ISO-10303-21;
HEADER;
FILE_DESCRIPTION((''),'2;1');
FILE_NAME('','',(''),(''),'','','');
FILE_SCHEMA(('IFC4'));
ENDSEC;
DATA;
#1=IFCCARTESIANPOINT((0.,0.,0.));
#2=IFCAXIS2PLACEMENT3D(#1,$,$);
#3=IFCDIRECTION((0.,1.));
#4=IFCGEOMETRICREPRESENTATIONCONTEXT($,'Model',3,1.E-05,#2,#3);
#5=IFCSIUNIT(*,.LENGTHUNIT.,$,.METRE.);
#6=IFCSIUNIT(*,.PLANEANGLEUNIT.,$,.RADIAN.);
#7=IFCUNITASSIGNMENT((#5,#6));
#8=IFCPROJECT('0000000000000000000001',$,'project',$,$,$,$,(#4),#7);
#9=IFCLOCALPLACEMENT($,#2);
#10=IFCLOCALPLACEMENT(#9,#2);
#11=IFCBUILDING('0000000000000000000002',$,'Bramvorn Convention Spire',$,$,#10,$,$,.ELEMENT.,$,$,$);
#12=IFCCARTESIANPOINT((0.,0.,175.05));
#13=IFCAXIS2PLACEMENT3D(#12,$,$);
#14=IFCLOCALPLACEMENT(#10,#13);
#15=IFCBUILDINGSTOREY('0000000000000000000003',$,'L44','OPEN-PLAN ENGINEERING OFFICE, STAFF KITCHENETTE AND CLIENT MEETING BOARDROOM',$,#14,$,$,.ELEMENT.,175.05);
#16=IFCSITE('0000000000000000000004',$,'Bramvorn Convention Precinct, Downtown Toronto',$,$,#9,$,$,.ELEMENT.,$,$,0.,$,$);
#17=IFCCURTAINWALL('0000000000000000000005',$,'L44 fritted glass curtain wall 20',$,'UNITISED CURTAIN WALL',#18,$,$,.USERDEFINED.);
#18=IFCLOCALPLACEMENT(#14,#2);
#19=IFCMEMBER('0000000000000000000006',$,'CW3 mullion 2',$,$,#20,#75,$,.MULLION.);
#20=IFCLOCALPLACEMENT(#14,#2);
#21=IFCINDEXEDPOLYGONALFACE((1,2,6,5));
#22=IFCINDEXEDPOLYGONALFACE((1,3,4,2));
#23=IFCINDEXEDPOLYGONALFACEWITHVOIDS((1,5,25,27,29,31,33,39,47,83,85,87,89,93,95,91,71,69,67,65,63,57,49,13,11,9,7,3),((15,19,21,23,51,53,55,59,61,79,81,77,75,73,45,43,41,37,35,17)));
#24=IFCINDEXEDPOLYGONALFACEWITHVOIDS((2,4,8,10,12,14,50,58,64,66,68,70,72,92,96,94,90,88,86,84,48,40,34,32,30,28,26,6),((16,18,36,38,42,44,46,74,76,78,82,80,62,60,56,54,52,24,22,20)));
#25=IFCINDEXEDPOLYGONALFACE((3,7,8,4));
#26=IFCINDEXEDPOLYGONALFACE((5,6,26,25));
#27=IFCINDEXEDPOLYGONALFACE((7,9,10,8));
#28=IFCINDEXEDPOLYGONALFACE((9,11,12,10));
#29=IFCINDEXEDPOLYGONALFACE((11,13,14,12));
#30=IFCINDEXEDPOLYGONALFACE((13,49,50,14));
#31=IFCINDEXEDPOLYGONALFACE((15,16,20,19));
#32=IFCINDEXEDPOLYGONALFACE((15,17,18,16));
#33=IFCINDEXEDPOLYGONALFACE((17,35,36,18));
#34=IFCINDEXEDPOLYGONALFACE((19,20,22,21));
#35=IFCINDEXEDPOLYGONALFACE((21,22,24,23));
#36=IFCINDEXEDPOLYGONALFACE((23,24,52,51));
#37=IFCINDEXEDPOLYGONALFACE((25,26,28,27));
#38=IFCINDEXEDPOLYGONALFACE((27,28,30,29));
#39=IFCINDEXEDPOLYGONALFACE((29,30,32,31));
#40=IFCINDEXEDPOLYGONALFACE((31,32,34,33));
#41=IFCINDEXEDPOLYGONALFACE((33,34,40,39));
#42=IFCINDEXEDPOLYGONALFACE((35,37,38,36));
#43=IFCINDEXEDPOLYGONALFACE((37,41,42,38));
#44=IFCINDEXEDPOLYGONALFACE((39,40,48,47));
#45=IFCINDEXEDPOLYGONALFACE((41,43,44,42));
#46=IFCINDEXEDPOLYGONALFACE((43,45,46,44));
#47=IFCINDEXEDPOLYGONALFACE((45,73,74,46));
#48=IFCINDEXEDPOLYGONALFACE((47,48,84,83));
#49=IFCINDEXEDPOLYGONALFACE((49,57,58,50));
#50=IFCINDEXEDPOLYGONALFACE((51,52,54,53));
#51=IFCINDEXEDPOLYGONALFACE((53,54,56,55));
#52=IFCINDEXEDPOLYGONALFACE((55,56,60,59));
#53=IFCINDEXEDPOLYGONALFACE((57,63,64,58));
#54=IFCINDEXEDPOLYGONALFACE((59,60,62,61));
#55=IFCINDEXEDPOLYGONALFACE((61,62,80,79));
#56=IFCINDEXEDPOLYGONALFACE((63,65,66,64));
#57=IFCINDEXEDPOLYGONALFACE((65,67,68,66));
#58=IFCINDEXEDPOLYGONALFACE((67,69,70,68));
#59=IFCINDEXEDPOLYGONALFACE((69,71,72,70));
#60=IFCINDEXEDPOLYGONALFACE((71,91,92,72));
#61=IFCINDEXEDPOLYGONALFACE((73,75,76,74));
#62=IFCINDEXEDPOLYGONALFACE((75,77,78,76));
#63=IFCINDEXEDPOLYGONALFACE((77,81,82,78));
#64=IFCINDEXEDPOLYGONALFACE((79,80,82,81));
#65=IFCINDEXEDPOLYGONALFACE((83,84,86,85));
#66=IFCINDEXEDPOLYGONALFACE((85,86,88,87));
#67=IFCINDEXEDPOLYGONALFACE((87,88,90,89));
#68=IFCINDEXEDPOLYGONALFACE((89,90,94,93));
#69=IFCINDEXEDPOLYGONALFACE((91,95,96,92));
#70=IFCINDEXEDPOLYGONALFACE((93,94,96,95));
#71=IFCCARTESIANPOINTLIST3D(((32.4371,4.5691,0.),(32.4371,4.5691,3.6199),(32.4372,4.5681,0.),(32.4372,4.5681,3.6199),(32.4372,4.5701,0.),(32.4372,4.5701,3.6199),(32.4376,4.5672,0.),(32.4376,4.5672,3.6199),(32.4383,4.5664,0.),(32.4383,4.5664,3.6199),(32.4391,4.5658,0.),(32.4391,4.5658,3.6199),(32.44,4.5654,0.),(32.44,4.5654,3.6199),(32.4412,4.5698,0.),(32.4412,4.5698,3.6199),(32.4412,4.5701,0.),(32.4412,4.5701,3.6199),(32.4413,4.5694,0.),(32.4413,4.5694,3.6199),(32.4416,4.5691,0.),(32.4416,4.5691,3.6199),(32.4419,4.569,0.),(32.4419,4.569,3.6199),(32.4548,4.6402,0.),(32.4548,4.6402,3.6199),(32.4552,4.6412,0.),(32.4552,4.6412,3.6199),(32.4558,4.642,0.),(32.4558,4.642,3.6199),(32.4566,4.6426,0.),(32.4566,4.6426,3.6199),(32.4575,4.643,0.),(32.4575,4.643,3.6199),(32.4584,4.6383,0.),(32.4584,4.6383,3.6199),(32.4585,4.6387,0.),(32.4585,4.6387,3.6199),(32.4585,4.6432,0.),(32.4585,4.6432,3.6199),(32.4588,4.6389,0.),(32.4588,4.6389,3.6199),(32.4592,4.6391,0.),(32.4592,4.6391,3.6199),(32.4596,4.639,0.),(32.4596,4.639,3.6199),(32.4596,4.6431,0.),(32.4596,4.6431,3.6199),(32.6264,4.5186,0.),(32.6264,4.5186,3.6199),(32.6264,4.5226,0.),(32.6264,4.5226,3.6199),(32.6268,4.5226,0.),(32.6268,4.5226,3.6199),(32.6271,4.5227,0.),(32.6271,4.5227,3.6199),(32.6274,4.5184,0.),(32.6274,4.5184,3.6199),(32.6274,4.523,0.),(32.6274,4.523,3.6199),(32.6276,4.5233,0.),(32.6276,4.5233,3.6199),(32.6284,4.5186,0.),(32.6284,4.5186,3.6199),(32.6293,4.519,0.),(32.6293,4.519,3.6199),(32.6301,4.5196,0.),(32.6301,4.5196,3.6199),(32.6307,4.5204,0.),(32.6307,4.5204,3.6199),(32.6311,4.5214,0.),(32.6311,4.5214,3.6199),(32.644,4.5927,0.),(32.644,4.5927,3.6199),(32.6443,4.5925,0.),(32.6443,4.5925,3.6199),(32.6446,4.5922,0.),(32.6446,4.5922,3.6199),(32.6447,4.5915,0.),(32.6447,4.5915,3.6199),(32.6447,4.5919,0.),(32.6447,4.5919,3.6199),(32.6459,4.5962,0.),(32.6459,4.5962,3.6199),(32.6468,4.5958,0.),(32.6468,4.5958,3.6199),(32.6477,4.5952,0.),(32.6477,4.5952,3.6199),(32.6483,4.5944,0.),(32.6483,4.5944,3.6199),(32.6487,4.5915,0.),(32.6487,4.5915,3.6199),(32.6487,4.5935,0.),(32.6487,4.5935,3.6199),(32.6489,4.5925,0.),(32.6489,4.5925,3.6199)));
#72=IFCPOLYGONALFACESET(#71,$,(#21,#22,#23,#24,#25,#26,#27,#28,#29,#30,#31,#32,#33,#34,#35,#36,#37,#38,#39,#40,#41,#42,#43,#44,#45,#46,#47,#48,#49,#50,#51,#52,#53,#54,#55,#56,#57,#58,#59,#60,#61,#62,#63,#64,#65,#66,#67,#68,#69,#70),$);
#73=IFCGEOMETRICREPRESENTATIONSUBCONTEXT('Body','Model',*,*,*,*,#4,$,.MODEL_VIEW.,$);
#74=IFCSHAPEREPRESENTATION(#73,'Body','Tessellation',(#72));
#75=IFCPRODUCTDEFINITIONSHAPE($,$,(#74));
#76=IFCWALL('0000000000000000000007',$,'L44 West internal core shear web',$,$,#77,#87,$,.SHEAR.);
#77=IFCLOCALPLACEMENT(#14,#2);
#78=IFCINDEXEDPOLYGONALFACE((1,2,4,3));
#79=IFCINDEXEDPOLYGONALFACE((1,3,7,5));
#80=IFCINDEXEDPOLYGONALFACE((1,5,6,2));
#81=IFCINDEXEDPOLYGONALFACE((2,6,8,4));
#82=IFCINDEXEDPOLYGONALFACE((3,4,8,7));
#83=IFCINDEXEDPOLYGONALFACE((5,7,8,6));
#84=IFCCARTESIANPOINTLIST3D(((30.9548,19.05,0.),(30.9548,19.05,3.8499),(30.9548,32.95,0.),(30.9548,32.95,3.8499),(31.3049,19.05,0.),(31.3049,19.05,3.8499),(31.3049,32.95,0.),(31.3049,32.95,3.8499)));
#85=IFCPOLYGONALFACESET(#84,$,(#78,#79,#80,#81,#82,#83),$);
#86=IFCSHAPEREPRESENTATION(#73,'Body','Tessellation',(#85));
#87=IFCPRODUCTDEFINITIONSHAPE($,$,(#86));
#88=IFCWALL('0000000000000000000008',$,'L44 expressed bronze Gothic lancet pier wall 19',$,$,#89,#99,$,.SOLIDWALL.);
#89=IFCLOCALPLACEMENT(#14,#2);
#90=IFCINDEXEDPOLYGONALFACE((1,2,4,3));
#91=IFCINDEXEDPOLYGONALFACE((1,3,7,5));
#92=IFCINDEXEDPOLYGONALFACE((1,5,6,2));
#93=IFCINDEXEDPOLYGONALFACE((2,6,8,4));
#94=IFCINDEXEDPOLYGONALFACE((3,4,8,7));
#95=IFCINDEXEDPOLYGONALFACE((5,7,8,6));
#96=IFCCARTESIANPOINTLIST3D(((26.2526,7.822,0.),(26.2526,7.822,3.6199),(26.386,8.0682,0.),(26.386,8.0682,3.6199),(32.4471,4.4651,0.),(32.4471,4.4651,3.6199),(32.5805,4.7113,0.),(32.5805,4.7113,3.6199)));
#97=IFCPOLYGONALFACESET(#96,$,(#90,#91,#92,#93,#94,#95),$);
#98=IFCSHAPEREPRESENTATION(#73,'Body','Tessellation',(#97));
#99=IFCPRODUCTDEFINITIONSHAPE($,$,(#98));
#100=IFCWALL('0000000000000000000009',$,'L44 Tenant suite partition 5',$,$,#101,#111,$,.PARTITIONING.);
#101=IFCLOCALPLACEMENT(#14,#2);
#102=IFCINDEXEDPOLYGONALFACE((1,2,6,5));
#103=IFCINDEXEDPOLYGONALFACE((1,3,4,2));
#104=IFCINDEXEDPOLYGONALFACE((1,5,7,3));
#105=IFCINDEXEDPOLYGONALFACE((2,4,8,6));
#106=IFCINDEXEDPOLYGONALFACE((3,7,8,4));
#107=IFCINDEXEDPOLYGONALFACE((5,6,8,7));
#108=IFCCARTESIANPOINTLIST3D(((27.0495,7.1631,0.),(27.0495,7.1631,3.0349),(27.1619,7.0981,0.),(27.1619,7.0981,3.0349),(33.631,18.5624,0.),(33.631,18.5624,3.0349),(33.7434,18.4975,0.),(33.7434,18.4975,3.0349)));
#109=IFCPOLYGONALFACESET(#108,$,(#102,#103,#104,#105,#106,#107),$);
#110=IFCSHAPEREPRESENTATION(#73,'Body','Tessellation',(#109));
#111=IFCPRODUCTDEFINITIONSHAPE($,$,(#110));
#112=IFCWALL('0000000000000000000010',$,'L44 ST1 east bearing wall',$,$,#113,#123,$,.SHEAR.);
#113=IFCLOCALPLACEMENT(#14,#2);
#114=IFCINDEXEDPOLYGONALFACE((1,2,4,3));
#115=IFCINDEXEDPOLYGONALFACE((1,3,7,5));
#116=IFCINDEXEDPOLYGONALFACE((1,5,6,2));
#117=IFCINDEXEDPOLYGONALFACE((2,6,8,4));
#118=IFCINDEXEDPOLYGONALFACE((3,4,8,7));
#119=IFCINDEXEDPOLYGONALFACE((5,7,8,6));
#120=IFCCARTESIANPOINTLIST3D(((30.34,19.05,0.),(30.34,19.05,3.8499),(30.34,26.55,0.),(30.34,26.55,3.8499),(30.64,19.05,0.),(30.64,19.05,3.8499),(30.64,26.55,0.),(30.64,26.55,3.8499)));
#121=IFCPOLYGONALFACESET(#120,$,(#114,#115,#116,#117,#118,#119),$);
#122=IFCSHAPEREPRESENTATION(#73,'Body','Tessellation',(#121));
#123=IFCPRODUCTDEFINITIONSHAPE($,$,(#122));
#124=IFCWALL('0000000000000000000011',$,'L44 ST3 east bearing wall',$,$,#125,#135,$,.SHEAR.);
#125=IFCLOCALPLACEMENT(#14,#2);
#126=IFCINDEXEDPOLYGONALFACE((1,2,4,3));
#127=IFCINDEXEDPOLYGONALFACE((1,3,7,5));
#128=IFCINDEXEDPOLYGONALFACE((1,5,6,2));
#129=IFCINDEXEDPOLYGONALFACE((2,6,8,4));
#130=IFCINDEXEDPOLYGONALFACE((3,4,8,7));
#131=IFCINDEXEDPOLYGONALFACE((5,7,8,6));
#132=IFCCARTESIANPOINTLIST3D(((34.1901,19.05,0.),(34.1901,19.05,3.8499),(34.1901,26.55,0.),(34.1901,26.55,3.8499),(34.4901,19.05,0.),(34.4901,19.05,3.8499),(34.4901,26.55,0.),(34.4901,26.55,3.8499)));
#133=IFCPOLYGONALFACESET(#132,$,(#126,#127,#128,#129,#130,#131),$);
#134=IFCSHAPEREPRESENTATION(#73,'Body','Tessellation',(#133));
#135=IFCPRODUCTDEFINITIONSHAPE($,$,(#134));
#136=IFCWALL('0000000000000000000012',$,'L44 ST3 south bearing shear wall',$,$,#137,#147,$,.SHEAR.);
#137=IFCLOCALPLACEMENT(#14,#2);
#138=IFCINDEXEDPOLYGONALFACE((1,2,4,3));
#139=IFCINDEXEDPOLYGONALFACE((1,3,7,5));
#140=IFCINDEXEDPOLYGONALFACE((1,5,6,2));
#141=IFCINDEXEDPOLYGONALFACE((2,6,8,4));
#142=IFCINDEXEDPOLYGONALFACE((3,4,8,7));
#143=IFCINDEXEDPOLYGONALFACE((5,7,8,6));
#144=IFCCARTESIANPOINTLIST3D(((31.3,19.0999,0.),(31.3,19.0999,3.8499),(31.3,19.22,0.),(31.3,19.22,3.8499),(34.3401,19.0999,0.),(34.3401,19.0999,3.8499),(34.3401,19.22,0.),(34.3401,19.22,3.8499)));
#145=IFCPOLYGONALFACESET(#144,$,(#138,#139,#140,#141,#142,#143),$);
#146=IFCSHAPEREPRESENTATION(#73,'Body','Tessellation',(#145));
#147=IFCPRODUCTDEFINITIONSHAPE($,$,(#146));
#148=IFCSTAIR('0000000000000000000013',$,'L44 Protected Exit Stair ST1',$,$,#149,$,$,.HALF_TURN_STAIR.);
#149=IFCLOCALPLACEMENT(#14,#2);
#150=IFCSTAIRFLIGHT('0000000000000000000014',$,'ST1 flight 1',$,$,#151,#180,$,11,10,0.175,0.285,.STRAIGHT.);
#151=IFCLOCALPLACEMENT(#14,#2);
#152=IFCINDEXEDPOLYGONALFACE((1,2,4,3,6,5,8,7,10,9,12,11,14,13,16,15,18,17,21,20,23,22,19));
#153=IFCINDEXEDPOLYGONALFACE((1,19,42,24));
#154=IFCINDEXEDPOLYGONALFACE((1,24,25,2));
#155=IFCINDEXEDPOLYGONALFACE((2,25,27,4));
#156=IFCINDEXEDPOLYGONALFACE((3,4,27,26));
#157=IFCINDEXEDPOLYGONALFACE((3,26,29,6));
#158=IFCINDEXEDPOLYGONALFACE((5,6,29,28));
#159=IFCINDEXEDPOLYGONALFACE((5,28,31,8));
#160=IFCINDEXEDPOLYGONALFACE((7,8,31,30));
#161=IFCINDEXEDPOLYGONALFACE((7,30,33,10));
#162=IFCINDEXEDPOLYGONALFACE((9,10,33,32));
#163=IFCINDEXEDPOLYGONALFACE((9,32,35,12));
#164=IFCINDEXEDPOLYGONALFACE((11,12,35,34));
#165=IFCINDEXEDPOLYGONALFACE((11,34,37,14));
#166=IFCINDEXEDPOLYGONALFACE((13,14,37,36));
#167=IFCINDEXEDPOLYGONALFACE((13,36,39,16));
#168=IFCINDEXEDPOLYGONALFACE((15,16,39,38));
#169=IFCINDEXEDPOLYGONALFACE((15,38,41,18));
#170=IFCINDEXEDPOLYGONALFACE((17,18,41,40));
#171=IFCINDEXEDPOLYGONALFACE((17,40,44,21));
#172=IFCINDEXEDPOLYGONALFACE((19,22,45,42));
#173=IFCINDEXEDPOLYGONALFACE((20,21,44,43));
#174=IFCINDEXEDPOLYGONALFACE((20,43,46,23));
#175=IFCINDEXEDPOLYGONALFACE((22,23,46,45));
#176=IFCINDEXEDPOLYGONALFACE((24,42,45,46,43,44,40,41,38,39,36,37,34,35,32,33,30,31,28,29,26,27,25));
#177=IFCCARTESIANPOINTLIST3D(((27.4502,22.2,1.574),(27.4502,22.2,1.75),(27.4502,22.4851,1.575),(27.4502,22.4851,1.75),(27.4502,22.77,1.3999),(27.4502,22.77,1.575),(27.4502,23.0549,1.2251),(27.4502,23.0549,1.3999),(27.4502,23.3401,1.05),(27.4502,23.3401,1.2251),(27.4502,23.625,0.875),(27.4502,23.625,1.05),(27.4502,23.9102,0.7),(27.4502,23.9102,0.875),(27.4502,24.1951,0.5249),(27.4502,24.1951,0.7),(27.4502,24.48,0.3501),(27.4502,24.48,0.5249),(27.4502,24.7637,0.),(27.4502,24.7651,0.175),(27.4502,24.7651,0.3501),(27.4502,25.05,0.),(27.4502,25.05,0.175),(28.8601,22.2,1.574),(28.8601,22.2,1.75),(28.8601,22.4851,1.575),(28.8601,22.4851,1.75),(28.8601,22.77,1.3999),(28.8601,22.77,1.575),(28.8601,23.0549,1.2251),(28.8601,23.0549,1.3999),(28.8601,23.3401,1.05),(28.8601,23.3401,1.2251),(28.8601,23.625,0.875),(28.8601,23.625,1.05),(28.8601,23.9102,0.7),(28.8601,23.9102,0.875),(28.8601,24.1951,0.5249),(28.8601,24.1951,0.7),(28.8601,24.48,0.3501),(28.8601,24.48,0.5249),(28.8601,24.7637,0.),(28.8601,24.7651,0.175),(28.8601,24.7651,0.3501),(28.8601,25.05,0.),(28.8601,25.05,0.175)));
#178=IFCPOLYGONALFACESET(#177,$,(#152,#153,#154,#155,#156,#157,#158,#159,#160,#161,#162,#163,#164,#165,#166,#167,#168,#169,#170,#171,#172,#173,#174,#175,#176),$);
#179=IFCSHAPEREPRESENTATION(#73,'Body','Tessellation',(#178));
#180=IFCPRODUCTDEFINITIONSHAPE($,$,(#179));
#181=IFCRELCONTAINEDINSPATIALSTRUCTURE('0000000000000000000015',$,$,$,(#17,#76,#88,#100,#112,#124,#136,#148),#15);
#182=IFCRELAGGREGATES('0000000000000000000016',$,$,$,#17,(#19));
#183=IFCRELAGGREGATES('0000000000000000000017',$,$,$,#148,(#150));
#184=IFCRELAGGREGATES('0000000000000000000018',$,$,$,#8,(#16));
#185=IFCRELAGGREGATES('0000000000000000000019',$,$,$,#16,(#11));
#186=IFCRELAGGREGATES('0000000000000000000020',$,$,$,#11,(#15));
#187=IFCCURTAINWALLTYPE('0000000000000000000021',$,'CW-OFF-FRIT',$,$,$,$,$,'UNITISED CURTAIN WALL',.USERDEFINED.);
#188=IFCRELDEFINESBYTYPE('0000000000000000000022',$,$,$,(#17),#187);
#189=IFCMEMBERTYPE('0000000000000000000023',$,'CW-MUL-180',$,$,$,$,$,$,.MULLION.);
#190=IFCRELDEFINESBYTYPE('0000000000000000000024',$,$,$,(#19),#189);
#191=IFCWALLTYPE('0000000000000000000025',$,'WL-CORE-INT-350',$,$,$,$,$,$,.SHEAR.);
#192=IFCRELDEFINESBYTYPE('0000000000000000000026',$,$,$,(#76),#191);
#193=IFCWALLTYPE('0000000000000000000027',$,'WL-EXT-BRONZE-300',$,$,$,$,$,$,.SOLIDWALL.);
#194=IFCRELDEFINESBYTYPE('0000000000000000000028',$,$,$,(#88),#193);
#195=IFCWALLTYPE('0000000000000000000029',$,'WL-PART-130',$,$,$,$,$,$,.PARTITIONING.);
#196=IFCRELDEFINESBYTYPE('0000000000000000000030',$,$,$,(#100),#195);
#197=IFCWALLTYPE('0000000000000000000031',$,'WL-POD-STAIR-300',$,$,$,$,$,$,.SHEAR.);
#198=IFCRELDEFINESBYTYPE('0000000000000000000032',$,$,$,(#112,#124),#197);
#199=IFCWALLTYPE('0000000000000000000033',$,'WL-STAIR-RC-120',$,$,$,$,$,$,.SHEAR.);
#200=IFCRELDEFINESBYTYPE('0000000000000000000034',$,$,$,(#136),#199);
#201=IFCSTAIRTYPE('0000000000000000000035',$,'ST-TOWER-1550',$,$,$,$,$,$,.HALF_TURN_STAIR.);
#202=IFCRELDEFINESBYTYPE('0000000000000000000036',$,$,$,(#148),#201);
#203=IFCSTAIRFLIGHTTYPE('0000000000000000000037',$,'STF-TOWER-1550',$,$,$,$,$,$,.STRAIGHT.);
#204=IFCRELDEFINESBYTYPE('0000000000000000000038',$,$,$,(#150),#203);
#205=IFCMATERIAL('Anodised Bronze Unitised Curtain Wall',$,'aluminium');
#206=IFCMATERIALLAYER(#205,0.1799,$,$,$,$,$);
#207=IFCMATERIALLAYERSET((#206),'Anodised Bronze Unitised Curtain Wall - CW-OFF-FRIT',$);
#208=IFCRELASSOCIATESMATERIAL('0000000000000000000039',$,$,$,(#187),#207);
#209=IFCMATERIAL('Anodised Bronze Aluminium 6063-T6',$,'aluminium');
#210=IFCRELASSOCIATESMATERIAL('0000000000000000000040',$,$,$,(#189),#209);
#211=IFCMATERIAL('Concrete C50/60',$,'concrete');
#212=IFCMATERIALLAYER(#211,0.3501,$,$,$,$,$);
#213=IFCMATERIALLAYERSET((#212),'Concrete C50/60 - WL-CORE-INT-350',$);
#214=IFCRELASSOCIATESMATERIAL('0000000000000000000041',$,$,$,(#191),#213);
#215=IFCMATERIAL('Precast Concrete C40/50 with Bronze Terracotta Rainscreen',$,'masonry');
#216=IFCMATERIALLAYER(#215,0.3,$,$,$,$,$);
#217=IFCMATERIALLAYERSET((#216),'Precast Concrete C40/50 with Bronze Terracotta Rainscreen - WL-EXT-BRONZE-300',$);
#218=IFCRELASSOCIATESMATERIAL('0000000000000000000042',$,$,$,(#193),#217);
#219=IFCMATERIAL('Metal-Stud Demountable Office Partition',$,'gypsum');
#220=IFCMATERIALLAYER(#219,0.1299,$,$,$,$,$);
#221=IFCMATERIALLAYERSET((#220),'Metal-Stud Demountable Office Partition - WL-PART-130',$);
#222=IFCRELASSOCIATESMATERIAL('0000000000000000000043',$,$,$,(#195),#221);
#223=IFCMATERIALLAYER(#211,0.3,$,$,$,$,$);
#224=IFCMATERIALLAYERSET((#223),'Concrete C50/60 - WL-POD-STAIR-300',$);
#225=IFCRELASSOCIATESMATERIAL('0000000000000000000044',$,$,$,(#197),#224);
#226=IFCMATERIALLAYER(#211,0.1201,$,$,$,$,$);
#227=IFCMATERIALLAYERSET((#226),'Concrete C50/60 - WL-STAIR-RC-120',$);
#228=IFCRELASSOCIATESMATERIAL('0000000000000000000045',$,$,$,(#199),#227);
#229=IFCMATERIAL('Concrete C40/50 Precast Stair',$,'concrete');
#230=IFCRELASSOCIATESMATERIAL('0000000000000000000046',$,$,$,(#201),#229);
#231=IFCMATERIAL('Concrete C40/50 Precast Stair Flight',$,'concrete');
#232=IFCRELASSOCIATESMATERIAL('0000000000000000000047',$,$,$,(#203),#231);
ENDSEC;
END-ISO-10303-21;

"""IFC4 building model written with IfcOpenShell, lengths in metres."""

from ifc_helpers import new_model, si_unit, direction, frame, frame_2d, origin, origin_2d, place, context, subcontext, project, spatial, polyline, rectangle, hollow_rectangle, outline, extrude, material, layer, layer_set, material_profile, profile_set, type_object, element, aggregate, save


model = new_model("IFC4")

# Units and contexts
model_context = context("Model", 3, precision=1e-05, world=origin(), true_north=direction((0.0, 1.0)))
body_context = subcontext(model_context, "Body", "Model", "MODEL_VIEW")
ifc_project = project(units=[si_unit("LENGTHUNIT", "METRE"), si_unit("PLANEANGLEUNIT", "RADIAN")], contexts=[model_context])

# Site, building, storey
site_placement = place(None, origin())
site = spatial("IfcSite", under=ifc_project, at=site_placement, Name="Bramvorn Convention Precinct, Downtown Toronto", CompositionType="ELEMENT", RefElevation=0.0)
building_placement = place(site_placement, origin())
building = spatial("IfcBuilding", under=site, at=building_placement, Name="Bramvorn Convention Spire", CompositionType="ELEMENT")
storey_placement = place(building_placement, frame((0.0, 0.0, 175.05)))
storey = spatial("IfcBuildingStorey", under=building, at=storey_placement, Name="L44", Description="OPEN-PLAN ENGINEERING OFFICE, STAFF KITCHENETTE AND CLIENT MEETING BOARDROOM", CompositionType="ELEMENT", Elevation=175.05)

# Curtain wall, member
ifc_material_1 = material(Name="Anodised Bronze Unitised Curtain Wall", Category="aluminium")
ifc_layer_1 = layer(ifc_material_1, 0.1799)
ifc_layer_set_1 = layer_set([ifc_layer_1], Name="Anodised Bronze Unitised Curtain Wall - CW-OFF-FRIT")
curtain_wall_type = type_object("IfcCurtainWallType", Name="CW-OFF-FRIT", ElementType="UNITISED CURTAIN WALL", PredefinedType="USERDEFINED", material=ifc_layer_set_1)
curtain_wall_placement = place(storey_placement, origin())
curtain_wall = element("IfcCurtainWall", 1, at=curtain_wall_placement, inside=storey, type_object=curtain_wall_type, Name="L44 fritted glass curtain wall 20", ObjectType="UNITISED CURTAIN WALL", PredefinedType="USERDEFINED")
ifc_material_2 = material(Name="Anodised Bronze Aluminium 6063-T6", Category="aluminium")
ifc_material_profile_1 = material_profile(ifc_material_2, hollow_rectangle(XDim=0.0801, YDim=0.2, WallThickness=0.0039, InnerFilletRadius=0.001, OuterFilletRadius=0.0039, at=origin_2d()))
ifc_profile_set_1 = profile_set([ifc_material_profile_1], Name="Anodised Bronze Aluminium 6063-T6 - CWM80X200")
member_type = type_object("IfcMemberType", Name="CW-MUL-180", PredefinedType="MULLION", material=ifc_profile_set_1)
member_placement = place(storey_placement, frame((32.543, 4.5808, 0.0), z_axis=(0.0, 0.0, 1.0), x_axis=(-0.243786, -0.969829, 0.0)))
member = element("IfcMember", 2, at=member_placement, type_object=member_type, Name="CW3 mullion 2", PredefinedType="MULLION", context=body_context, shape_type="SweptSolid", body=[
    extrude(hollow_rectangle(XDim=0.0801, YDim=0.2, WallThickness=0.0039, InnerFilletRadius=0.001, OuterFilletRadius=0.0039, at=origin_2d()), origin(), (0.0, 0.0, 1.0), 3.6199),
])
aggregate(curtain_wall, [member])

# Wall
ifc_material_3 = material(Name="Concrete C50/60", Category="concrete")
ifc_layer_2 = layer(ifc_material_3, 0.3501)
ifc_layer_set_2 = layer_set([ifc_layer_2], Name="Concrete C50/60 - WL-CORE-INT-350")
wall_type_1 = type_object("IfcWallType", Name="WL-CORE-INT-350", PredefinedType="SHEAR", material=ifc_layer_set_2)
wall_1_placement = place(storey_placement, frame((31.1299, 19.05, 0.0), z_axis=(0.0, 0.0, 1.0), x_axis=(0.0, 1.0, 0.0)))
element("IfcWall", 3, at=wall_1_placement, inside=storey, type_object=wall_type_1, Name="L44 West internal core shear web", PredefinedType="SHEAR", context=body_context, shape_type="SweptSolid", body=[
    extrude(rectangle(XDim=13.8999, YDim=0.3501, at=frame_2d((6.95, 0.0))), origin(), (0.0, 0.0, 1.0), 3.8499),
])

# Walls
ifc_material_4 = material(Name="Precast Concrete C40/50 with Bronze Terracotta Rainscreen", Category="masonry")
ifc_layer_3 = layer(ifc_material_4, 0.3)
ifc_layer_set_3 = layer_set([ifc_layer_3], Name="Precast Concrete C40/50 with Bronze Terracotta Rainscreen - WL-EXT-BRONZE-300")
wall_type_2 = type_object("IfcWallType", Name="WL-EXT-BRONZE-300", PredefinedType="SOLIDWALL", material=ifc_layer_set_3)
wall_2_placement = place(storey_placement, frame((32.5139, 4.5881, 0.0), z_axis=(0.0, 0.0, 1.0), x_axis=(-0.879201, 0.476452, 0.0)))
element("IfcWall", 4, at=wall_2_placement, inside=storey, type_object=wall_type_2, Name="L44 expressed bronze Gothic lancet pier wall 19", PredefinedType="SOLIDWALL", context=body_context, shape_type="SweptSolid", body=[
    extrude(rectangle(XDim=7.0457, YDim=0.28, at=frame_2d((3.5229, 0.0))), origin(), (0.0, 0.0, 1.0), 3.6199),
])
ifc_material_5 = material(Name="Metal-Stud Demountable Office Partition", Category="gypsum")
ifc_layer_4 = layer(ifc_material_5, 0.1299)
ifc_layer_set_4 = layer_set([ifc_layer_4], Name="Metal-Stud Demountable Office Partition - WL-PART-130")
wall_type_3 = type_object("IfcWallType", Name="WL-PART-130", PredefinedType="PARTITIONING", material=ifc_layer_set_4)
wall_3_placement = place(storey_placement, frame((33.6873, 18.53, 0.0), z_axis=(0.0, 0.0, 1.0), x_axis=(-0.500005, -0.866023, 0.0)))
element("IfcWall", 5, at=wall_3_placement, inside=storey, type_object=wall_type_3, Name="L44 Tenant suite partition 5", PredefinedType="PARTITIONING", context=body_context, shape_type="SweptSolid", body=[
    extrude(rectangle(XDim=13.1628, YDim=0.1299, at=frame_2d((6.5815, 0.0))), origin(), (0.0, 0.0, 1.0), 3.0349),
])
ifc_layer_5 = layer(ifc_material_3, 0.3)
ifc_layer_set_5 = layer_set([ifc_layer_5], Name="Concrete C50/60 - WL-POD-STAIR-300")
wall_type_4 = type_object("IfcWallType", Name="WL-POD-STAIR-300", PredefinedType="SHEAR", material=ifc_layer_set_5)
for number, where, z_axis, x_axis, name in (
    (6, (30.49, 19.05, 0.0), (0.0, 0.0, 1.0), (0.0, 1.0, 0.0), "L44 ST1 east bearing wall"),
    (7, (34.3401, 19.05, 0.0), (0.0, 0.0, 1.0), (0.0, 1.0, 0.0), "L44 ST3 east bearing wall"),
):
    element("IfcWall", number, at=place(storey_placement, frame(where, z_axis=z_axis, x_axis=x_axis)), inside=storey, type_object=wall_type_4, Name=name, PredefinedType="SHEAR", context=body_context, shape_type="SweptSolid", body=[
        extrude(rectangle(XDim=7.5, YDim=0.3, at=frame_2d((3.75, 0.0))), origin(), (0.0, 0.0, 1.0), 3.8499),
    ])
ifc_layer_6 = layer(ifc_material_3, 0.1201)
ifc_layer_set_6 = layer_set([ifc_layer_6], Name="Concrete C50/60 - WL-STAIR-RC-120")
wall_type_5 = type_object("IfcWallType", Name="WL-STAIR-RC-120", PredefinedType="SHEAR", material=ifc_layer_set_6)
wall_4_placement = place(storey_placement, frame((31.3, 19.1599, 0.0), z_axis=(0.0, 0.0, 1.0), x_axis=(1.0, 0.0, 0.0)))
element("IfcWall", 8, at=wall_4_placement, inside=storey, type_object=wall_type_5, Name="L44 ST3 south bearing shear wall", PredefinedType="SHEAR", context=body_context, shape_type="SweptSolid", body=[
    extrude(rectangle(XDim=3.04, YDim=0.1201, at=frame_2d((1.52, 0.0))), origin(), (0.0, 0.0, 1.0), 3.8499),
])

# Stair, stair flight
ifc_material_6 = material(Name="Concrete C40/50 Precast Stair", Category="concrete")
stair_type = type_object("IfcStairType", Name="ST-TOWER-1550", PredefinedType="HALF_TURN_STAIR", material=ifc_material_6)
stair_1_placement = place(storey_placement, origin())
stair_1 = element("IfcStair", 9, at=stair_1_placement, inside=storey, type_object=stair_type, Name="L44 Protected Exit Stair ST1", PredefinedType="HALF_TURN_STAIR")
ifc_material_7 = material(Name="Concrete C40/50 Precast Stair Flight", Category="concrete")
stair_flight_type = type_object("IfcStairFlightType", Name="STF-TOWER-1550", PredefinedType="STRAIGHT", material=ifc_material_7)
stair_flight_1_placement = place(storey_placement, frame((28.155, 25.05, 0.0), z_axis=(0.0, 0.0, 1.0), x_axis=(0.0, -1.0, 0.0)))
stair_flight_1 = element("IfcStairFlight", 10, at=stair_flight_1_placement, type_object=stair_flight_type, Name="ST1 flight 1", NumberOfRisers=11, NumberOfTreads=10, PredefinedType="STRAIGHT", RiserHeight=0.175, TreadLength=0.285, context=body_context, shape_type="SweptSolid", body=[
    extrude(outline(polyline([(0.0, 0.0), (0.0, 0.175), (0.2849, 0.175), (0.2849, 0.3501), (0.5701, 0.3501), (0.5701, 0.5249), (0.855, 0.5249), (0.855, 0.7), (1.1399, 0.7), (1.1399, 0.875), (1.425, 0.875), (1.425, 1.05), (1.71, 1.05), (1.71, 1.2251), (1.9951, 1.2251), (1.9951, 1.3999), (2.28, 1.3999), (2.28, 1.575), (2.5649, 1.575), (2.5649, 1.75), (2.8501, 1.75), (2.8501, 1.925), (2.8501, 1.574), (0.2864, 0.0), (0.0, 0.0)])), frame((0.0, 0.7051, 0.0), z_axis=(0.0, -1.0, 0.0), x_axis=(1.0, 0.0, 0.0)), (0.0, 0.0, 1.0), 1.4099),
])
aggregate(stair_1, [stair_flight_1])

save(model, "model.ifc")
